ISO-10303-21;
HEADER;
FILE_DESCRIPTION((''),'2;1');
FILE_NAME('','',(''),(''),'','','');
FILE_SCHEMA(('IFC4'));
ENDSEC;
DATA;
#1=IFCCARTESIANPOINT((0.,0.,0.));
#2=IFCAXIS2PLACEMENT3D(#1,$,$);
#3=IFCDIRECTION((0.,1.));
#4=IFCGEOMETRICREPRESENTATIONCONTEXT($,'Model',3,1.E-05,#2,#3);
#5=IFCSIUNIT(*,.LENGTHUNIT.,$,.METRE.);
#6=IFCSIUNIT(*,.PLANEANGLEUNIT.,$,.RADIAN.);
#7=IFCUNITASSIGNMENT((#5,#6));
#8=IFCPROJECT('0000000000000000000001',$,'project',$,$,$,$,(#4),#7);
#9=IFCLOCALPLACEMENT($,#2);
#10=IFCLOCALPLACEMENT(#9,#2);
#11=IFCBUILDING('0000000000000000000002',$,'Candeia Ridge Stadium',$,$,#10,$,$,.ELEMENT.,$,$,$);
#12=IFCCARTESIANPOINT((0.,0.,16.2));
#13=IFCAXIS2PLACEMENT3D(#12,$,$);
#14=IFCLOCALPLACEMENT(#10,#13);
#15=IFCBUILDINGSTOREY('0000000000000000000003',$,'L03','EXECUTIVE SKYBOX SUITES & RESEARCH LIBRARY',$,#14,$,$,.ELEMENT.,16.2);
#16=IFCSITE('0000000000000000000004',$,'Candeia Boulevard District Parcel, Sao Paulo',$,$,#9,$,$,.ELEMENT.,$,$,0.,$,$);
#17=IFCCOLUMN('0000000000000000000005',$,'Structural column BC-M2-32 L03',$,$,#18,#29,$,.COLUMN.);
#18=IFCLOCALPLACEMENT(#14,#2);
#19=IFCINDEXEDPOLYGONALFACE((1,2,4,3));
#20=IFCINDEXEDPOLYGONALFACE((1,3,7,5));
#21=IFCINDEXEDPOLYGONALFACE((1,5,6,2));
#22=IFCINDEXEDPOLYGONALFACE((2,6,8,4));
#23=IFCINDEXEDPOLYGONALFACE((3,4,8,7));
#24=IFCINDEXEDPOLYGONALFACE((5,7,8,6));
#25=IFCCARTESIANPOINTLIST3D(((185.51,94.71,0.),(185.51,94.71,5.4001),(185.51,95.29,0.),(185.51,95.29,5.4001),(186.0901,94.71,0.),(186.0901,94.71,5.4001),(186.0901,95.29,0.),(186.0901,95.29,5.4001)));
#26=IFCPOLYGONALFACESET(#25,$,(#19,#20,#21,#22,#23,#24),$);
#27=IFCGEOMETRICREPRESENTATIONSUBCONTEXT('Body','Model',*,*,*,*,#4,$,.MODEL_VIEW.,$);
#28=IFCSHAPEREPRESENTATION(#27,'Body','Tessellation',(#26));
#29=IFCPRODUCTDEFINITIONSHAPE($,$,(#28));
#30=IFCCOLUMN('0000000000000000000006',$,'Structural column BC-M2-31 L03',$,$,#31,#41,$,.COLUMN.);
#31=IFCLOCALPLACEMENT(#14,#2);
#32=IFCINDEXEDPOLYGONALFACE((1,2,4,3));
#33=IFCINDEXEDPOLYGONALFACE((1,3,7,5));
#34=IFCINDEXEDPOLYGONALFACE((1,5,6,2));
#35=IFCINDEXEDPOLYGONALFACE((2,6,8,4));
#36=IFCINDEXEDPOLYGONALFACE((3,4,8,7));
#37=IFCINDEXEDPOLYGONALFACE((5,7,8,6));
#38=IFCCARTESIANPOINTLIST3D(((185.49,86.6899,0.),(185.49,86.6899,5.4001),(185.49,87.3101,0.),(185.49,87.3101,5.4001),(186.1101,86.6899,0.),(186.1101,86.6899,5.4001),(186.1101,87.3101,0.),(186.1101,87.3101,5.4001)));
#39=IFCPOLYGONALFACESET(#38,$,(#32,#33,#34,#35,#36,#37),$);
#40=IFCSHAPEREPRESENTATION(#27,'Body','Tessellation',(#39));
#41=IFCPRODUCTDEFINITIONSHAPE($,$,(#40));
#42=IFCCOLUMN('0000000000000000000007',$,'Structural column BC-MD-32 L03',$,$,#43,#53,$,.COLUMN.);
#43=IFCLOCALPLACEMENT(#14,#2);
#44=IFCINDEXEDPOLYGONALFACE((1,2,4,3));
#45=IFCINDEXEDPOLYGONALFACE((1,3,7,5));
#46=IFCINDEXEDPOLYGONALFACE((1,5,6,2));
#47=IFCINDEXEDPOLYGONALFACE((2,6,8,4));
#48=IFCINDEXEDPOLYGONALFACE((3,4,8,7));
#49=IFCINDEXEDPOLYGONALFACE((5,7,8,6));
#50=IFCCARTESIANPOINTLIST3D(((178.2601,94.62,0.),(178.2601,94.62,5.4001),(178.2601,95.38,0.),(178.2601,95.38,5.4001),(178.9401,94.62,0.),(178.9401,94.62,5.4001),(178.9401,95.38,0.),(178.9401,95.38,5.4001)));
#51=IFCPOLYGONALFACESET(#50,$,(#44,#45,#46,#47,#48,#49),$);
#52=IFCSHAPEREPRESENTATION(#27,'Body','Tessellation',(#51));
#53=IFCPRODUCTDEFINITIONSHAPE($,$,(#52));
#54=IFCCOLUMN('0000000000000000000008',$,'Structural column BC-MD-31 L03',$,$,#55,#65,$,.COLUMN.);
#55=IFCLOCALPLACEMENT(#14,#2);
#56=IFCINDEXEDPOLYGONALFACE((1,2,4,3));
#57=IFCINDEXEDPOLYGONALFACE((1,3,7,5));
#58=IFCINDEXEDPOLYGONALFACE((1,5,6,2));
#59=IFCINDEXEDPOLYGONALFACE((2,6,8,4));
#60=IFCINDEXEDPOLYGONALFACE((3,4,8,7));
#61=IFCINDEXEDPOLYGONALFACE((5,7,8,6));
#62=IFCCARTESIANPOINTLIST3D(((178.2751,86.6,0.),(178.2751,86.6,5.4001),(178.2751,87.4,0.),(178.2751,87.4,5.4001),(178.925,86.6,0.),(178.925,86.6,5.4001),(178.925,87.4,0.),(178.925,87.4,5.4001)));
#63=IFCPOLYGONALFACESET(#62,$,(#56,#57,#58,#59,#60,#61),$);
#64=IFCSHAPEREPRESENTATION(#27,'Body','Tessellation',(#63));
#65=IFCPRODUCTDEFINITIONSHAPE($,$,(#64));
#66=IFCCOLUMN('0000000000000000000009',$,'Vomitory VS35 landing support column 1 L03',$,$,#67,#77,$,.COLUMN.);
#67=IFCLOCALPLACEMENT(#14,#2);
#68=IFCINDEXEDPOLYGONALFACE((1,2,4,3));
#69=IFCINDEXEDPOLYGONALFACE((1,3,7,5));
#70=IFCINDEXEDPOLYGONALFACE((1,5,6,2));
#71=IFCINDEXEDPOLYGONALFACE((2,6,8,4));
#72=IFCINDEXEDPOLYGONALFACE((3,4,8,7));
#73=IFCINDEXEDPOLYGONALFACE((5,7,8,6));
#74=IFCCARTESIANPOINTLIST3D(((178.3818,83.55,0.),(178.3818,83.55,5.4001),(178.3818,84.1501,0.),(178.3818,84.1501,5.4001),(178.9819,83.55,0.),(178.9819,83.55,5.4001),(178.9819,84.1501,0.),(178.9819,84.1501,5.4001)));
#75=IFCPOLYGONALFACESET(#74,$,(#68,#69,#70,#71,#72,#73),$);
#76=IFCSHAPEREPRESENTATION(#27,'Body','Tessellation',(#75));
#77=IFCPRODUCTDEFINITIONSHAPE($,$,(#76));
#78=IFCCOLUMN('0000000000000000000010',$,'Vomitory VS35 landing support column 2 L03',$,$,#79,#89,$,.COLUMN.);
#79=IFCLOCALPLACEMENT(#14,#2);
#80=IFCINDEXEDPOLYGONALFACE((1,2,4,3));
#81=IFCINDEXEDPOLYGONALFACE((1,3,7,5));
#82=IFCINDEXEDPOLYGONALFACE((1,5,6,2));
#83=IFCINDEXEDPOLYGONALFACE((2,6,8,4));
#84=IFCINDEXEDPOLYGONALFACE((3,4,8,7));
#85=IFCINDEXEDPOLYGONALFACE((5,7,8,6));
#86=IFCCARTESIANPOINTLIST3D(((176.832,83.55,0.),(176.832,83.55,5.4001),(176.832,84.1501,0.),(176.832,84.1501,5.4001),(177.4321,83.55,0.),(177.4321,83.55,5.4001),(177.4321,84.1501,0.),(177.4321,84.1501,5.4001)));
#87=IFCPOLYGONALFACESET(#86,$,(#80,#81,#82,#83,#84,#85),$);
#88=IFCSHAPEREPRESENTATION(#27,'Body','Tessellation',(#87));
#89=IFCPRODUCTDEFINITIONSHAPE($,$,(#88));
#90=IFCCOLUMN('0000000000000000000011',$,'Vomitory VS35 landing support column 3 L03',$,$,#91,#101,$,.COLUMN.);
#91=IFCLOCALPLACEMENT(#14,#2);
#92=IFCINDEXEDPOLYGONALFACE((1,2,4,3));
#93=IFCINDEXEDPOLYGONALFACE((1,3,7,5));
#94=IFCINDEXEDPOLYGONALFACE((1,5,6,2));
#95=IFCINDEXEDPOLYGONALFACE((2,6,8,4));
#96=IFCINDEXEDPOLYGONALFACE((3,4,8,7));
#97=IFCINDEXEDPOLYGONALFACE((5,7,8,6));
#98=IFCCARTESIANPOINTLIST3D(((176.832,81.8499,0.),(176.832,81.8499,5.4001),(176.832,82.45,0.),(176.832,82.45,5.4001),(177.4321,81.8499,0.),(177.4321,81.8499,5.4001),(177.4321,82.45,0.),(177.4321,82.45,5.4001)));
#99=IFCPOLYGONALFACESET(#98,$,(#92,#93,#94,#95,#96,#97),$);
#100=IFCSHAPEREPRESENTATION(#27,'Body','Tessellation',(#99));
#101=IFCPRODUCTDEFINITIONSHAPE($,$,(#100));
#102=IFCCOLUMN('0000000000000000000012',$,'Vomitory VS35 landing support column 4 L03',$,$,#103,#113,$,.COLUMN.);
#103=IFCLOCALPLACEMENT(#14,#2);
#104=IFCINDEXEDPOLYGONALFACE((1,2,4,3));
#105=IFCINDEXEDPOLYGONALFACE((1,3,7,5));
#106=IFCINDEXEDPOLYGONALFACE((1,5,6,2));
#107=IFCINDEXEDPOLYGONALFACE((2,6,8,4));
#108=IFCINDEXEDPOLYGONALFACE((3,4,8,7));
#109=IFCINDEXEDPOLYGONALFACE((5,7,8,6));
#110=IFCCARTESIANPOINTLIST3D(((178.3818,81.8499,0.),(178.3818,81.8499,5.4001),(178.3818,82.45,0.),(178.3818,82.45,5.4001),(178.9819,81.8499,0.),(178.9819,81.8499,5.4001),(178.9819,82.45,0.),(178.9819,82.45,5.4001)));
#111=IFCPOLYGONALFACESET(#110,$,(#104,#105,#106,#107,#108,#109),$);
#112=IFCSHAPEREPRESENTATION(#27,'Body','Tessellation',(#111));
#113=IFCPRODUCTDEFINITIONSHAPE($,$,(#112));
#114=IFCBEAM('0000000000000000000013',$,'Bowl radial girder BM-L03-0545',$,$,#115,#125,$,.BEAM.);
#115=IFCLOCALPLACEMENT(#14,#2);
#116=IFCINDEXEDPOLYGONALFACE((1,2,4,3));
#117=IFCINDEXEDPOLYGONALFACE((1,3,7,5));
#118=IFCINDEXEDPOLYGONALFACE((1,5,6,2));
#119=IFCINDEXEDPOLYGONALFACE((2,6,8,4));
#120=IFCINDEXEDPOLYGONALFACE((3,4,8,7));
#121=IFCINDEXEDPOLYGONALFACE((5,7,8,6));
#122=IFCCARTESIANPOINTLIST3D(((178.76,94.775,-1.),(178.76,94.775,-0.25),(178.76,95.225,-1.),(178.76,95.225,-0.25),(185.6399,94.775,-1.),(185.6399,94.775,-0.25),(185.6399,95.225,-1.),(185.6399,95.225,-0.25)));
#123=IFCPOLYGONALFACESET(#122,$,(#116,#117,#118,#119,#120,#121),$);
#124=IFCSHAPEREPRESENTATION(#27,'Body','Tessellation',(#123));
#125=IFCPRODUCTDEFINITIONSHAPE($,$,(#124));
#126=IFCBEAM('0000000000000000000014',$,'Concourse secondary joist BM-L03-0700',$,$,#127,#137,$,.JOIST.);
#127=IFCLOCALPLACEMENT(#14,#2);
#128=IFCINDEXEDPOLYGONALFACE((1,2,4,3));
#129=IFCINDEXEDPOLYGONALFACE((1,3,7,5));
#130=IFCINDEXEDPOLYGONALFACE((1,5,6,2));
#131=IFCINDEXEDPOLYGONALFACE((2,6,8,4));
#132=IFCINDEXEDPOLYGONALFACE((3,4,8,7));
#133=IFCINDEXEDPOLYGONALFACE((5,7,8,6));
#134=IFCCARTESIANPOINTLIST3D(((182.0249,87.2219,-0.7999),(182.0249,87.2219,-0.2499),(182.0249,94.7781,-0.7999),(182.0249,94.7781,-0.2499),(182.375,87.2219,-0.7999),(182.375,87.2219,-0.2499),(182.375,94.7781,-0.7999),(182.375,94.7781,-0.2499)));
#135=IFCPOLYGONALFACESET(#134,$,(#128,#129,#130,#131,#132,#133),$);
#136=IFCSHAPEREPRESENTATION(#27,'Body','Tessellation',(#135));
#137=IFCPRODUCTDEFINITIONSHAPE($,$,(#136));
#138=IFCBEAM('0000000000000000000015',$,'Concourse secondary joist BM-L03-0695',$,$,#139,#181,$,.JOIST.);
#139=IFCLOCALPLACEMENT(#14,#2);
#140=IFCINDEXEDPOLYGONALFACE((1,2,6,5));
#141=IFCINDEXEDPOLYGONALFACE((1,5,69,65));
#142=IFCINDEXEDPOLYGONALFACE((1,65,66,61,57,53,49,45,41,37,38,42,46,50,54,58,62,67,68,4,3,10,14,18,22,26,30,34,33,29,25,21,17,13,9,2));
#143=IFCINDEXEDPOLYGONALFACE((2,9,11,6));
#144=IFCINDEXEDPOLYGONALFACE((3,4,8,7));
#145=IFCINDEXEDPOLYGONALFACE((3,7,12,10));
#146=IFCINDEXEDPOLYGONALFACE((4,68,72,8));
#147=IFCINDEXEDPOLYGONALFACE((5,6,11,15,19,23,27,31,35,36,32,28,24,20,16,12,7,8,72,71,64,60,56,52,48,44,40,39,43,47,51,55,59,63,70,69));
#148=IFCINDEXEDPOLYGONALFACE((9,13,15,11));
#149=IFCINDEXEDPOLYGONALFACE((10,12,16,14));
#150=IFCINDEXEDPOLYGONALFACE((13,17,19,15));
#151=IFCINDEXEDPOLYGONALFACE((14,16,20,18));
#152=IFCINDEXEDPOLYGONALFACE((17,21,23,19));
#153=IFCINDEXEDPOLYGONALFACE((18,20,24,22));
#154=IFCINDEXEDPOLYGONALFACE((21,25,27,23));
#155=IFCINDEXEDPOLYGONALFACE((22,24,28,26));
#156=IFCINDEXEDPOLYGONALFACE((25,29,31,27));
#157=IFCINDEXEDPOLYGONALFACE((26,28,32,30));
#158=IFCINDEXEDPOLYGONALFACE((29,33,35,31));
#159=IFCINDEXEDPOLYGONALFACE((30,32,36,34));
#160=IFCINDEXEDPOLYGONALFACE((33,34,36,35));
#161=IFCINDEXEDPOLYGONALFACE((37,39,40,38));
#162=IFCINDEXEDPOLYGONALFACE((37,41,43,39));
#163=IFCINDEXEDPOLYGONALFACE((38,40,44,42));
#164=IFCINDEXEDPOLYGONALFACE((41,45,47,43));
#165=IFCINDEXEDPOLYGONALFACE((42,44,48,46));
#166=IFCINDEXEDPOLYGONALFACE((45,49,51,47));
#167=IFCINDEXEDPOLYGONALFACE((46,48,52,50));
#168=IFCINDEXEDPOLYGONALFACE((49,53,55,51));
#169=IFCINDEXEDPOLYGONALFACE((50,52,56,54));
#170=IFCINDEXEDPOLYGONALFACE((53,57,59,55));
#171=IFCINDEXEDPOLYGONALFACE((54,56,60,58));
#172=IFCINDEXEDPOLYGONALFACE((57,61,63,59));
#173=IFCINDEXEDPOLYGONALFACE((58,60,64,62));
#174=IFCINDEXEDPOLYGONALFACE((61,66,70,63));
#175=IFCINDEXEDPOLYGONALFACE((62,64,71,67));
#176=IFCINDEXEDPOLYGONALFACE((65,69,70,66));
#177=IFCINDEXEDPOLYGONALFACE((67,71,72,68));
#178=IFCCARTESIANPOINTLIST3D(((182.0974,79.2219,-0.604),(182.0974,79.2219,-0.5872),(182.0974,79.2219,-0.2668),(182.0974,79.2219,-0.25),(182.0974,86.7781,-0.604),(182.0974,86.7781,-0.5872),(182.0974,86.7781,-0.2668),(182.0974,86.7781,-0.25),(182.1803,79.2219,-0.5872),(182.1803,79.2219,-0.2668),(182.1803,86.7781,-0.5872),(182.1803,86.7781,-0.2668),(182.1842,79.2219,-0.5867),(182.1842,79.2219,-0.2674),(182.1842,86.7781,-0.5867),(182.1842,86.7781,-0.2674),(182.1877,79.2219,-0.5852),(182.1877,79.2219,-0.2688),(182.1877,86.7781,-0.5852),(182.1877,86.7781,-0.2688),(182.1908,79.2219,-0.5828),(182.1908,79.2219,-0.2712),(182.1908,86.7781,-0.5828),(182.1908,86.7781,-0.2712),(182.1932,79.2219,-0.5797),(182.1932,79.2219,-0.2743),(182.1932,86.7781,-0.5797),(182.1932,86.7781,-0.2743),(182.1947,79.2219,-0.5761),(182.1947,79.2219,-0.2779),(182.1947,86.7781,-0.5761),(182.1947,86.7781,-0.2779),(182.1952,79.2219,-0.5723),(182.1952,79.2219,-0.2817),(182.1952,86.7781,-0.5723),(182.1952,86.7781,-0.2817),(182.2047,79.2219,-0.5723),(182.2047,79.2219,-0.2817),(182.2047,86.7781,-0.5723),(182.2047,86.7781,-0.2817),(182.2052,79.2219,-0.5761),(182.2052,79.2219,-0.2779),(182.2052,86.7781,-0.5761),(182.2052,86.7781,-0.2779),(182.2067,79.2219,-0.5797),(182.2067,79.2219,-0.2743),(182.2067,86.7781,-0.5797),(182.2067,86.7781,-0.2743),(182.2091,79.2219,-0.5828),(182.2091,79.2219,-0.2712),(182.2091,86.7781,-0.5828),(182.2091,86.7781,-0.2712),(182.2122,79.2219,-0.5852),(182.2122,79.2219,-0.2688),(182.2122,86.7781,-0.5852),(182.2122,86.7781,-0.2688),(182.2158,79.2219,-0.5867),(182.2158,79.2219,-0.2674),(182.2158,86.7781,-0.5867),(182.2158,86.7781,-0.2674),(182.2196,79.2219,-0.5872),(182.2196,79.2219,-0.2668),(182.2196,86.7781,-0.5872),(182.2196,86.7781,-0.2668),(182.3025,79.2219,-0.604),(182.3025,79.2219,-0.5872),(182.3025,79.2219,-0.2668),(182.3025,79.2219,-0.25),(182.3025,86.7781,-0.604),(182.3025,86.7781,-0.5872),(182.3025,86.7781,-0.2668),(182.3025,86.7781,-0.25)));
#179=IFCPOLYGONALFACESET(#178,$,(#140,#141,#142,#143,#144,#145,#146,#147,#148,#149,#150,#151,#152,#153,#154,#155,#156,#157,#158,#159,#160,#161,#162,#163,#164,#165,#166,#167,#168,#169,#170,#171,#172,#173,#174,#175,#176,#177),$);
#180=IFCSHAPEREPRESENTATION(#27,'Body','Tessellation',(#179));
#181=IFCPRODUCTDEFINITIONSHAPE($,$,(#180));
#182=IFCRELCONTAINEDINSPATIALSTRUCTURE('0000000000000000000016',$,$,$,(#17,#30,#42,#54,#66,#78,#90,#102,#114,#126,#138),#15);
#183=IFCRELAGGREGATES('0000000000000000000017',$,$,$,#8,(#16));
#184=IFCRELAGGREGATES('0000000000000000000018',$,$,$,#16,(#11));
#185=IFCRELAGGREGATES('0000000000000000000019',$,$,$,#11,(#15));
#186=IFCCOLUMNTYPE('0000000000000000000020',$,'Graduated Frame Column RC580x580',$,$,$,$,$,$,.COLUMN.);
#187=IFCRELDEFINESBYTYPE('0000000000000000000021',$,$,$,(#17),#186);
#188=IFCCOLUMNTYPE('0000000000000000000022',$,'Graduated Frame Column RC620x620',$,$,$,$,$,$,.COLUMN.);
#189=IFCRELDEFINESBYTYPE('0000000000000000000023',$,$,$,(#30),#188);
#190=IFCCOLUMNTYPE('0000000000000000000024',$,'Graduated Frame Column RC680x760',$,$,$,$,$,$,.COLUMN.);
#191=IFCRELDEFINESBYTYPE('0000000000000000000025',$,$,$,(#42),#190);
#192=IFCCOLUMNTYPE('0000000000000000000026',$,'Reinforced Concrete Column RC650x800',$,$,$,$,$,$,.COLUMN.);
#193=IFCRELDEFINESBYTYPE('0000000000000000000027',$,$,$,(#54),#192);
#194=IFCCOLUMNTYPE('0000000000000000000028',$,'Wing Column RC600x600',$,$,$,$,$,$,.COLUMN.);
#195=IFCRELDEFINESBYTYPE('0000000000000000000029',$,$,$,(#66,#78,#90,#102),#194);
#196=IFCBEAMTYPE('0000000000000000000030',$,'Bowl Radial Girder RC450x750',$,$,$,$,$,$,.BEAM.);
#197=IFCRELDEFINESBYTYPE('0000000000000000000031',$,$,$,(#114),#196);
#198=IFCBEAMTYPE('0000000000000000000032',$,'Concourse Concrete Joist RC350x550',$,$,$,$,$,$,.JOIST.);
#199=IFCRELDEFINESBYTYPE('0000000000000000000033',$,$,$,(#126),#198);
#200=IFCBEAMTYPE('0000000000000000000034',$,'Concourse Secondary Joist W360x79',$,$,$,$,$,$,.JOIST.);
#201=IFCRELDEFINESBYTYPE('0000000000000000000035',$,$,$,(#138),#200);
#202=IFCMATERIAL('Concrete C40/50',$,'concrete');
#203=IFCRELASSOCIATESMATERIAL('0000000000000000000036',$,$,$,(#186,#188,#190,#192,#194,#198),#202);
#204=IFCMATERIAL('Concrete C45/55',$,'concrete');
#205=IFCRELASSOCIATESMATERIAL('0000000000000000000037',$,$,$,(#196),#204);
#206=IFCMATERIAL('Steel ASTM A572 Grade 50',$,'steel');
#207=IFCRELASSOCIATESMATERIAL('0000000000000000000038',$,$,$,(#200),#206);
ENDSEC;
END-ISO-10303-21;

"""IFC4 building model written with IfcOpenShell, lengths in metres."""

from ifc_helpers import new_model, si_unit, direction, frame, origin, origin_2d, place, context, subcontext, project, spatial, rectangle, i_section, extrude, material, material_profile, profile_set, type_object, element, save


model = new_model("IFC4")

# Units and contexts
model_context = context("Model", 3, precision=1e-05, world=origin(), true_north=direction((0.0, 1.0)))
body_context = subcontext(model_context, "Body", "Model", "MODEL_VIEW")
ifc_project = project(units=[si_unit("LENGTHUNIT", "METRE"), si_unit("PLANEANGLEUNIT", "RADIAN")], contexts=[model_context])

# Site, building, storey
site_placement = place(None, origin())
site = spatial("IfcSite", under=ifc_project, at=site_placement, Name="Candeia Boulevard District Parcel, Sao Paulo", CompositionType="ELEMENT", RefElevation=0.0)
building_placement = place(site_placement, origin())
building = spatial("IfcBuilding", under=site, at=building_placement, Name="Candeia Ridge Stadium", CompositionType="ELEMENT")
storey_placement = place(building_placement, frame((0.0, 0.0, 16.2)))
storey = spatial("IfcBuildingStorey", under=building, at=storey_placement, Name="L03", Description="EXECUTIVE SKYBOX SUITES & RESEARCH LIBRARY", CompositionType="ELEMENT", Elevation=16.2)

# Columns
ifc_material_1 = material(Name="Concrete C40/50", Category="concrete")
ifc_material_profile_1 = material_profile(ifc_material_1, rectangle(XDim=0.5801, YDim=0.5801, at=origin_2d()), Name="RC580x580", Category="concrete")
ifc_profile_set_1 = profile_set([ifc_material_profile_1], Name="Concrete C40/50")
column_type_1 = type_object("IfcColumnType", Name="Graduated Frame Column RC580x580", PredefinedType="COLUMN", material=ifc_profile_set_1)
column_1_placement = place(storey_placement, frame((185.8, 95.0, 0.0), z_axis=(0.0, 0.0, 1.0), x_axis=(1.0, 0.0, 0.0)))
element("IfcColumn", 1, at=column_1_placement, inside=storey, type_object=column_type_1, Name="Structural column BC-M2-32 L03", PredefinedType="COLUMN", context=body_context, shape_type="SweptSolid", body=[
    extrude(rectangle(XDim=0.5801, YDim=0.5801, at=origin_2d()), origin(), (0.0, 0.0, 1.0), 5.4001),
])
ifc_material_profile_2 = material_profile(ifc_material_1, rectangle(XDim=0.6201, YDim=0.6201, at=origin_2d()), Name="RC620x620", Category="concrete")
ifc_profile_set_2 = profile_set([ifc_material_profile_2], Name="Concrete C40/50")
column_type_2 = type_object("IfcColumnType", Name="Graduated Frame Column RC620x620", PredefinedType="COLUMN", material=ifc_profile_set_2)
column_2_placement = place(storey_placement, frame((185.8, 87.0, 0.0), z_axis=(0.0, 0.0, 1.0), x_axis=(1.0, 0.0, 0.0)))
element("IfcColumn", 2, at=column_2_placement, inside=storey, type_object=column_type_2, Name="Structural column BC-M2-31 L03", PredefinedType="COLUMN", context=body_context, shape_type="SweptSolid", body=[
    extrude(rectangle(XDim=0.6201, YDim=0.6201, at=origin_2d()), origin(), (0.0, 0.0, 1.0), 5.4001),
])
ifc_material_profile_3 = material_profile(ifc_material_1, rectangle(XDim=0.6799, YDim=0.76, at=origin_2d()), Name="RC680x760", Category="concrete")
ifc_profile_set_3 = profile_set([ifc_material_profile_3], Name="Concrete C40/50")
column_type_3 = type_object("IfcColumnType", Name="Graduated Frame Column RC680x760", PredefinedType="COLUMN", material=ifc_profile_set_3)
column_3_placement = place(storey_placement, frame((178.6001, 95.0, 0.0), z_axis=(0.0, 0.0, 1.0), x_axis=(1.0, 0.0, 0.0)))
element("IfcColumn", 3, at=column_3_placement, inside=storey, type_object=column_type_3, Name="Structural column BC-MD-32 L03", PredefinedType="COLUMN", context=body_context, shape_type="SweptSolid", body=[
    extrude(rectangle(XDim=0.6799, YDim=0.76, at=origin_2d()), origin(), (0.0, 0.0, 1.0), 5.4001),
])
ifc_material_profile_4 = material_profile(ifc_material_1, rectangle(XDim=0.6499, YDim=0.8, at=origin_2d()), Name="RC650x800", Category="concrete")
ifc_profile_set_4 = profile_set([ifc_material_profile_4], Name="Concrete C40/50")
column_type_4 = type_object("IfcColumnType", Name="Reinforced Concrete Column RC650x800", PredefinedType="COLUMN", material=ifc_profile_set_4)
column_4_placement = place(storey_placement, frame((178.6001, 87.0, 0.0), z_axis=(0.0, 0.0, 1.0), x_axis=(1.0, 0.0, 0.0)))
element("IfcColumn", 4, at=column_4_placement, inside=storey, type_object=column_type_4, Name="Structural column BC-MD-31 L03", PredefinedType="COLUMN", context=body_context, shape_type="SweptSolid", body=[
    extrude(rectangle(XDim=0.6499, YDim=0.8, at=origin_2d()), origin(), (0.0, 0.0, 1.0), 5.4001),
])
ifc_material_profile_5 = material_profile(ifc_material_1, rectangle(XDim=0.6001, YDim=0.6001, at=origin_2d()), Name="RC600x600", Category="concrete")
ifc_profile_set_5 = profile_set([ifc_material_profile_5], Name="Concrete C40/50")
column_type_5 = type_object("IfcColumnType", Name="Wing Column RC600x600", PredefinedType="COLUMN", material=ifc_profile_set_5)
for number, where, z_axis, x_axis, name in (
    (5, (178.6819, 83.8501, 0.0), (0.0, 0.0, 1.0), (1.0, 0.0, 0.0), "Vomitory VS35 landing support column 1 L03"),
    (6, (177.1321, 83.8501, 0.0), (0.0, 0.0, 1.0), (1.0, 0.0, 0.0), "Vomitory VS35 landing support column 2 L03"),
    (7, (177.1321, 82.1499, 0.0), (0.0, 0.0, 1.0), (1.0, 0.0, 0.0), "Vomitory VS35 landing support column 3 L03"),
    (8, (178.6819, 82.1499, 0.0), (0.0, 0.0, 1.0), (1.0, 0.0, 0.0), "Vomitory VS35 landing support column 4 L03"),
):
    element("IfcColumn", number, at=place(storey_placement, frame(where, z_axis=z_axis, x_axis=x_axis)), inside=storey, type_object=column_type_5, Name=name, PredefinedType="COLUMN", context=body_context, shape_type="SweptSolid", body=[
        extrude(rectangle(XDim=0.6001, YDim=0.6001, at=origin_2d()), origin(), (0.0, 0.0, 1.0), 5.4001),
    ])

# Beams
ifc_material_2 = material(Name="Concrete C45/55", Category="concrete")
ifc_material_profile_6 = material_profile(ifc_material_2, rectangle(XDim=0.45, YDim=0.75, at=origin_2d()), Name="RC450x750", Category="concrete")
ifc_profile_set_6 = profile_set([ifc_material_profile_6], Name="Concrete C45/55")
beam_type_1 = type_object("IfcBeamType", Name="Bowl Radial Girder RC450x750", PredefinedType="BEAM", material=ifc_profile_set_6)
beam_1_placement = place(storey_placement, frame((178.76, 95.0, -0.625), z_axis=(1.0, 0.0, 0.0), x_axis=(0.0, 1.0, 0.0)))
element("IfcBeam", 9, at=beam_1_placement, inside=storey, type_object=beam_type_1, Name="Bowl radial girder BM-L03-0545", PredefinedType="BEAM", context=body_context, shape_type="SweptSolid", body=[
    extrude(rectangle(XDim=0.45, YDim=0.75, at=origin_2d()), origin(), (0.0, 0.0, 1.0), 6.8799),
])
ifc_material_profile_7 = material_profile(ifc_material_1, rectangle(XDim=0.3501, YDim=0.55, at=origin_2d()), Name="RC350x550", Category="concrete")
ifc_profile_set_7 = profile_set([ifc_material_profile_7], Name="Concrete C40/50")
beam_type_2 = type_object("IfcBeamType", Name="Concourse Concrete Joist RC350x550", PredefinedType="JOIST", material=ifc_profile_set_7)
beam_2_placement = place(storey_placement, frame((182.2, 87.2219, -0.5249), z_axis=(0.0, 1.0, 0.0), x_axis=(-1.0, 0.0, 0.0)))
element("IfcBeam", 10, at=beam_2_placement, inside=storey, type_object=beam_type_2, Name="Concourse secondary joist BM-L03-0700", PredefinedType="JOIST", context=body_context, shape_type="SweptSolid", body=[
    extrude(rectangle(XDim=0.3501, YDim=0.55, at=origin_2d()), origin(), (0.0, 0.0, 1.0), 7.5562),
])
ifc_material_3 = material(Name="Steel ASTM A572 Grade 50", Category="steel")
ifc_material_profile_8 = material_profile(ifc_material_3, i_section(OverallWidth=0.2051, OverallDepth=0.354, WebThickness=0.0095, FlangeThickness=0.0168, FilletRadius=0.0149, at=origin_2d()), Name="W360x79", Category="steel")
ifc_profile_set_8 = profile_set([ifc_material_profile_8], Name="Steel ASTM A572 Grade 50")
beam_type_3 = type_object("IfcBeamType", Name="Concourse Secondary Joist W360x79", PredefinedType="JOIST", material=ifc_profile_set_8)
beam_3_placement = place(storey_placement, frame((182.2, 79.2219, -0.427), z_axis=(0.0, 1.0, 0.0), x_axis=(-1.0, 0.0, 0.0)))
element("IfcBeam", 11, at=beam_3_placement, inside=storey, type_object=beam_type_3, Name="Concourse secondary joist BM-L03-0695", PredefinedType="JOIST", context=body_context, shape_type="SweptSolid", body=[
    extrude(i_section(OverallWidth=0.2051, OverallDepth=0.354, WebThickness=0.0095, FlangeThickness=0.0168, FilletRadius=0.0149, at=origin_2d()), origin(), (0.0, 0.0, 1.0), 7.5562),
])

save(model, "model.ifc")
